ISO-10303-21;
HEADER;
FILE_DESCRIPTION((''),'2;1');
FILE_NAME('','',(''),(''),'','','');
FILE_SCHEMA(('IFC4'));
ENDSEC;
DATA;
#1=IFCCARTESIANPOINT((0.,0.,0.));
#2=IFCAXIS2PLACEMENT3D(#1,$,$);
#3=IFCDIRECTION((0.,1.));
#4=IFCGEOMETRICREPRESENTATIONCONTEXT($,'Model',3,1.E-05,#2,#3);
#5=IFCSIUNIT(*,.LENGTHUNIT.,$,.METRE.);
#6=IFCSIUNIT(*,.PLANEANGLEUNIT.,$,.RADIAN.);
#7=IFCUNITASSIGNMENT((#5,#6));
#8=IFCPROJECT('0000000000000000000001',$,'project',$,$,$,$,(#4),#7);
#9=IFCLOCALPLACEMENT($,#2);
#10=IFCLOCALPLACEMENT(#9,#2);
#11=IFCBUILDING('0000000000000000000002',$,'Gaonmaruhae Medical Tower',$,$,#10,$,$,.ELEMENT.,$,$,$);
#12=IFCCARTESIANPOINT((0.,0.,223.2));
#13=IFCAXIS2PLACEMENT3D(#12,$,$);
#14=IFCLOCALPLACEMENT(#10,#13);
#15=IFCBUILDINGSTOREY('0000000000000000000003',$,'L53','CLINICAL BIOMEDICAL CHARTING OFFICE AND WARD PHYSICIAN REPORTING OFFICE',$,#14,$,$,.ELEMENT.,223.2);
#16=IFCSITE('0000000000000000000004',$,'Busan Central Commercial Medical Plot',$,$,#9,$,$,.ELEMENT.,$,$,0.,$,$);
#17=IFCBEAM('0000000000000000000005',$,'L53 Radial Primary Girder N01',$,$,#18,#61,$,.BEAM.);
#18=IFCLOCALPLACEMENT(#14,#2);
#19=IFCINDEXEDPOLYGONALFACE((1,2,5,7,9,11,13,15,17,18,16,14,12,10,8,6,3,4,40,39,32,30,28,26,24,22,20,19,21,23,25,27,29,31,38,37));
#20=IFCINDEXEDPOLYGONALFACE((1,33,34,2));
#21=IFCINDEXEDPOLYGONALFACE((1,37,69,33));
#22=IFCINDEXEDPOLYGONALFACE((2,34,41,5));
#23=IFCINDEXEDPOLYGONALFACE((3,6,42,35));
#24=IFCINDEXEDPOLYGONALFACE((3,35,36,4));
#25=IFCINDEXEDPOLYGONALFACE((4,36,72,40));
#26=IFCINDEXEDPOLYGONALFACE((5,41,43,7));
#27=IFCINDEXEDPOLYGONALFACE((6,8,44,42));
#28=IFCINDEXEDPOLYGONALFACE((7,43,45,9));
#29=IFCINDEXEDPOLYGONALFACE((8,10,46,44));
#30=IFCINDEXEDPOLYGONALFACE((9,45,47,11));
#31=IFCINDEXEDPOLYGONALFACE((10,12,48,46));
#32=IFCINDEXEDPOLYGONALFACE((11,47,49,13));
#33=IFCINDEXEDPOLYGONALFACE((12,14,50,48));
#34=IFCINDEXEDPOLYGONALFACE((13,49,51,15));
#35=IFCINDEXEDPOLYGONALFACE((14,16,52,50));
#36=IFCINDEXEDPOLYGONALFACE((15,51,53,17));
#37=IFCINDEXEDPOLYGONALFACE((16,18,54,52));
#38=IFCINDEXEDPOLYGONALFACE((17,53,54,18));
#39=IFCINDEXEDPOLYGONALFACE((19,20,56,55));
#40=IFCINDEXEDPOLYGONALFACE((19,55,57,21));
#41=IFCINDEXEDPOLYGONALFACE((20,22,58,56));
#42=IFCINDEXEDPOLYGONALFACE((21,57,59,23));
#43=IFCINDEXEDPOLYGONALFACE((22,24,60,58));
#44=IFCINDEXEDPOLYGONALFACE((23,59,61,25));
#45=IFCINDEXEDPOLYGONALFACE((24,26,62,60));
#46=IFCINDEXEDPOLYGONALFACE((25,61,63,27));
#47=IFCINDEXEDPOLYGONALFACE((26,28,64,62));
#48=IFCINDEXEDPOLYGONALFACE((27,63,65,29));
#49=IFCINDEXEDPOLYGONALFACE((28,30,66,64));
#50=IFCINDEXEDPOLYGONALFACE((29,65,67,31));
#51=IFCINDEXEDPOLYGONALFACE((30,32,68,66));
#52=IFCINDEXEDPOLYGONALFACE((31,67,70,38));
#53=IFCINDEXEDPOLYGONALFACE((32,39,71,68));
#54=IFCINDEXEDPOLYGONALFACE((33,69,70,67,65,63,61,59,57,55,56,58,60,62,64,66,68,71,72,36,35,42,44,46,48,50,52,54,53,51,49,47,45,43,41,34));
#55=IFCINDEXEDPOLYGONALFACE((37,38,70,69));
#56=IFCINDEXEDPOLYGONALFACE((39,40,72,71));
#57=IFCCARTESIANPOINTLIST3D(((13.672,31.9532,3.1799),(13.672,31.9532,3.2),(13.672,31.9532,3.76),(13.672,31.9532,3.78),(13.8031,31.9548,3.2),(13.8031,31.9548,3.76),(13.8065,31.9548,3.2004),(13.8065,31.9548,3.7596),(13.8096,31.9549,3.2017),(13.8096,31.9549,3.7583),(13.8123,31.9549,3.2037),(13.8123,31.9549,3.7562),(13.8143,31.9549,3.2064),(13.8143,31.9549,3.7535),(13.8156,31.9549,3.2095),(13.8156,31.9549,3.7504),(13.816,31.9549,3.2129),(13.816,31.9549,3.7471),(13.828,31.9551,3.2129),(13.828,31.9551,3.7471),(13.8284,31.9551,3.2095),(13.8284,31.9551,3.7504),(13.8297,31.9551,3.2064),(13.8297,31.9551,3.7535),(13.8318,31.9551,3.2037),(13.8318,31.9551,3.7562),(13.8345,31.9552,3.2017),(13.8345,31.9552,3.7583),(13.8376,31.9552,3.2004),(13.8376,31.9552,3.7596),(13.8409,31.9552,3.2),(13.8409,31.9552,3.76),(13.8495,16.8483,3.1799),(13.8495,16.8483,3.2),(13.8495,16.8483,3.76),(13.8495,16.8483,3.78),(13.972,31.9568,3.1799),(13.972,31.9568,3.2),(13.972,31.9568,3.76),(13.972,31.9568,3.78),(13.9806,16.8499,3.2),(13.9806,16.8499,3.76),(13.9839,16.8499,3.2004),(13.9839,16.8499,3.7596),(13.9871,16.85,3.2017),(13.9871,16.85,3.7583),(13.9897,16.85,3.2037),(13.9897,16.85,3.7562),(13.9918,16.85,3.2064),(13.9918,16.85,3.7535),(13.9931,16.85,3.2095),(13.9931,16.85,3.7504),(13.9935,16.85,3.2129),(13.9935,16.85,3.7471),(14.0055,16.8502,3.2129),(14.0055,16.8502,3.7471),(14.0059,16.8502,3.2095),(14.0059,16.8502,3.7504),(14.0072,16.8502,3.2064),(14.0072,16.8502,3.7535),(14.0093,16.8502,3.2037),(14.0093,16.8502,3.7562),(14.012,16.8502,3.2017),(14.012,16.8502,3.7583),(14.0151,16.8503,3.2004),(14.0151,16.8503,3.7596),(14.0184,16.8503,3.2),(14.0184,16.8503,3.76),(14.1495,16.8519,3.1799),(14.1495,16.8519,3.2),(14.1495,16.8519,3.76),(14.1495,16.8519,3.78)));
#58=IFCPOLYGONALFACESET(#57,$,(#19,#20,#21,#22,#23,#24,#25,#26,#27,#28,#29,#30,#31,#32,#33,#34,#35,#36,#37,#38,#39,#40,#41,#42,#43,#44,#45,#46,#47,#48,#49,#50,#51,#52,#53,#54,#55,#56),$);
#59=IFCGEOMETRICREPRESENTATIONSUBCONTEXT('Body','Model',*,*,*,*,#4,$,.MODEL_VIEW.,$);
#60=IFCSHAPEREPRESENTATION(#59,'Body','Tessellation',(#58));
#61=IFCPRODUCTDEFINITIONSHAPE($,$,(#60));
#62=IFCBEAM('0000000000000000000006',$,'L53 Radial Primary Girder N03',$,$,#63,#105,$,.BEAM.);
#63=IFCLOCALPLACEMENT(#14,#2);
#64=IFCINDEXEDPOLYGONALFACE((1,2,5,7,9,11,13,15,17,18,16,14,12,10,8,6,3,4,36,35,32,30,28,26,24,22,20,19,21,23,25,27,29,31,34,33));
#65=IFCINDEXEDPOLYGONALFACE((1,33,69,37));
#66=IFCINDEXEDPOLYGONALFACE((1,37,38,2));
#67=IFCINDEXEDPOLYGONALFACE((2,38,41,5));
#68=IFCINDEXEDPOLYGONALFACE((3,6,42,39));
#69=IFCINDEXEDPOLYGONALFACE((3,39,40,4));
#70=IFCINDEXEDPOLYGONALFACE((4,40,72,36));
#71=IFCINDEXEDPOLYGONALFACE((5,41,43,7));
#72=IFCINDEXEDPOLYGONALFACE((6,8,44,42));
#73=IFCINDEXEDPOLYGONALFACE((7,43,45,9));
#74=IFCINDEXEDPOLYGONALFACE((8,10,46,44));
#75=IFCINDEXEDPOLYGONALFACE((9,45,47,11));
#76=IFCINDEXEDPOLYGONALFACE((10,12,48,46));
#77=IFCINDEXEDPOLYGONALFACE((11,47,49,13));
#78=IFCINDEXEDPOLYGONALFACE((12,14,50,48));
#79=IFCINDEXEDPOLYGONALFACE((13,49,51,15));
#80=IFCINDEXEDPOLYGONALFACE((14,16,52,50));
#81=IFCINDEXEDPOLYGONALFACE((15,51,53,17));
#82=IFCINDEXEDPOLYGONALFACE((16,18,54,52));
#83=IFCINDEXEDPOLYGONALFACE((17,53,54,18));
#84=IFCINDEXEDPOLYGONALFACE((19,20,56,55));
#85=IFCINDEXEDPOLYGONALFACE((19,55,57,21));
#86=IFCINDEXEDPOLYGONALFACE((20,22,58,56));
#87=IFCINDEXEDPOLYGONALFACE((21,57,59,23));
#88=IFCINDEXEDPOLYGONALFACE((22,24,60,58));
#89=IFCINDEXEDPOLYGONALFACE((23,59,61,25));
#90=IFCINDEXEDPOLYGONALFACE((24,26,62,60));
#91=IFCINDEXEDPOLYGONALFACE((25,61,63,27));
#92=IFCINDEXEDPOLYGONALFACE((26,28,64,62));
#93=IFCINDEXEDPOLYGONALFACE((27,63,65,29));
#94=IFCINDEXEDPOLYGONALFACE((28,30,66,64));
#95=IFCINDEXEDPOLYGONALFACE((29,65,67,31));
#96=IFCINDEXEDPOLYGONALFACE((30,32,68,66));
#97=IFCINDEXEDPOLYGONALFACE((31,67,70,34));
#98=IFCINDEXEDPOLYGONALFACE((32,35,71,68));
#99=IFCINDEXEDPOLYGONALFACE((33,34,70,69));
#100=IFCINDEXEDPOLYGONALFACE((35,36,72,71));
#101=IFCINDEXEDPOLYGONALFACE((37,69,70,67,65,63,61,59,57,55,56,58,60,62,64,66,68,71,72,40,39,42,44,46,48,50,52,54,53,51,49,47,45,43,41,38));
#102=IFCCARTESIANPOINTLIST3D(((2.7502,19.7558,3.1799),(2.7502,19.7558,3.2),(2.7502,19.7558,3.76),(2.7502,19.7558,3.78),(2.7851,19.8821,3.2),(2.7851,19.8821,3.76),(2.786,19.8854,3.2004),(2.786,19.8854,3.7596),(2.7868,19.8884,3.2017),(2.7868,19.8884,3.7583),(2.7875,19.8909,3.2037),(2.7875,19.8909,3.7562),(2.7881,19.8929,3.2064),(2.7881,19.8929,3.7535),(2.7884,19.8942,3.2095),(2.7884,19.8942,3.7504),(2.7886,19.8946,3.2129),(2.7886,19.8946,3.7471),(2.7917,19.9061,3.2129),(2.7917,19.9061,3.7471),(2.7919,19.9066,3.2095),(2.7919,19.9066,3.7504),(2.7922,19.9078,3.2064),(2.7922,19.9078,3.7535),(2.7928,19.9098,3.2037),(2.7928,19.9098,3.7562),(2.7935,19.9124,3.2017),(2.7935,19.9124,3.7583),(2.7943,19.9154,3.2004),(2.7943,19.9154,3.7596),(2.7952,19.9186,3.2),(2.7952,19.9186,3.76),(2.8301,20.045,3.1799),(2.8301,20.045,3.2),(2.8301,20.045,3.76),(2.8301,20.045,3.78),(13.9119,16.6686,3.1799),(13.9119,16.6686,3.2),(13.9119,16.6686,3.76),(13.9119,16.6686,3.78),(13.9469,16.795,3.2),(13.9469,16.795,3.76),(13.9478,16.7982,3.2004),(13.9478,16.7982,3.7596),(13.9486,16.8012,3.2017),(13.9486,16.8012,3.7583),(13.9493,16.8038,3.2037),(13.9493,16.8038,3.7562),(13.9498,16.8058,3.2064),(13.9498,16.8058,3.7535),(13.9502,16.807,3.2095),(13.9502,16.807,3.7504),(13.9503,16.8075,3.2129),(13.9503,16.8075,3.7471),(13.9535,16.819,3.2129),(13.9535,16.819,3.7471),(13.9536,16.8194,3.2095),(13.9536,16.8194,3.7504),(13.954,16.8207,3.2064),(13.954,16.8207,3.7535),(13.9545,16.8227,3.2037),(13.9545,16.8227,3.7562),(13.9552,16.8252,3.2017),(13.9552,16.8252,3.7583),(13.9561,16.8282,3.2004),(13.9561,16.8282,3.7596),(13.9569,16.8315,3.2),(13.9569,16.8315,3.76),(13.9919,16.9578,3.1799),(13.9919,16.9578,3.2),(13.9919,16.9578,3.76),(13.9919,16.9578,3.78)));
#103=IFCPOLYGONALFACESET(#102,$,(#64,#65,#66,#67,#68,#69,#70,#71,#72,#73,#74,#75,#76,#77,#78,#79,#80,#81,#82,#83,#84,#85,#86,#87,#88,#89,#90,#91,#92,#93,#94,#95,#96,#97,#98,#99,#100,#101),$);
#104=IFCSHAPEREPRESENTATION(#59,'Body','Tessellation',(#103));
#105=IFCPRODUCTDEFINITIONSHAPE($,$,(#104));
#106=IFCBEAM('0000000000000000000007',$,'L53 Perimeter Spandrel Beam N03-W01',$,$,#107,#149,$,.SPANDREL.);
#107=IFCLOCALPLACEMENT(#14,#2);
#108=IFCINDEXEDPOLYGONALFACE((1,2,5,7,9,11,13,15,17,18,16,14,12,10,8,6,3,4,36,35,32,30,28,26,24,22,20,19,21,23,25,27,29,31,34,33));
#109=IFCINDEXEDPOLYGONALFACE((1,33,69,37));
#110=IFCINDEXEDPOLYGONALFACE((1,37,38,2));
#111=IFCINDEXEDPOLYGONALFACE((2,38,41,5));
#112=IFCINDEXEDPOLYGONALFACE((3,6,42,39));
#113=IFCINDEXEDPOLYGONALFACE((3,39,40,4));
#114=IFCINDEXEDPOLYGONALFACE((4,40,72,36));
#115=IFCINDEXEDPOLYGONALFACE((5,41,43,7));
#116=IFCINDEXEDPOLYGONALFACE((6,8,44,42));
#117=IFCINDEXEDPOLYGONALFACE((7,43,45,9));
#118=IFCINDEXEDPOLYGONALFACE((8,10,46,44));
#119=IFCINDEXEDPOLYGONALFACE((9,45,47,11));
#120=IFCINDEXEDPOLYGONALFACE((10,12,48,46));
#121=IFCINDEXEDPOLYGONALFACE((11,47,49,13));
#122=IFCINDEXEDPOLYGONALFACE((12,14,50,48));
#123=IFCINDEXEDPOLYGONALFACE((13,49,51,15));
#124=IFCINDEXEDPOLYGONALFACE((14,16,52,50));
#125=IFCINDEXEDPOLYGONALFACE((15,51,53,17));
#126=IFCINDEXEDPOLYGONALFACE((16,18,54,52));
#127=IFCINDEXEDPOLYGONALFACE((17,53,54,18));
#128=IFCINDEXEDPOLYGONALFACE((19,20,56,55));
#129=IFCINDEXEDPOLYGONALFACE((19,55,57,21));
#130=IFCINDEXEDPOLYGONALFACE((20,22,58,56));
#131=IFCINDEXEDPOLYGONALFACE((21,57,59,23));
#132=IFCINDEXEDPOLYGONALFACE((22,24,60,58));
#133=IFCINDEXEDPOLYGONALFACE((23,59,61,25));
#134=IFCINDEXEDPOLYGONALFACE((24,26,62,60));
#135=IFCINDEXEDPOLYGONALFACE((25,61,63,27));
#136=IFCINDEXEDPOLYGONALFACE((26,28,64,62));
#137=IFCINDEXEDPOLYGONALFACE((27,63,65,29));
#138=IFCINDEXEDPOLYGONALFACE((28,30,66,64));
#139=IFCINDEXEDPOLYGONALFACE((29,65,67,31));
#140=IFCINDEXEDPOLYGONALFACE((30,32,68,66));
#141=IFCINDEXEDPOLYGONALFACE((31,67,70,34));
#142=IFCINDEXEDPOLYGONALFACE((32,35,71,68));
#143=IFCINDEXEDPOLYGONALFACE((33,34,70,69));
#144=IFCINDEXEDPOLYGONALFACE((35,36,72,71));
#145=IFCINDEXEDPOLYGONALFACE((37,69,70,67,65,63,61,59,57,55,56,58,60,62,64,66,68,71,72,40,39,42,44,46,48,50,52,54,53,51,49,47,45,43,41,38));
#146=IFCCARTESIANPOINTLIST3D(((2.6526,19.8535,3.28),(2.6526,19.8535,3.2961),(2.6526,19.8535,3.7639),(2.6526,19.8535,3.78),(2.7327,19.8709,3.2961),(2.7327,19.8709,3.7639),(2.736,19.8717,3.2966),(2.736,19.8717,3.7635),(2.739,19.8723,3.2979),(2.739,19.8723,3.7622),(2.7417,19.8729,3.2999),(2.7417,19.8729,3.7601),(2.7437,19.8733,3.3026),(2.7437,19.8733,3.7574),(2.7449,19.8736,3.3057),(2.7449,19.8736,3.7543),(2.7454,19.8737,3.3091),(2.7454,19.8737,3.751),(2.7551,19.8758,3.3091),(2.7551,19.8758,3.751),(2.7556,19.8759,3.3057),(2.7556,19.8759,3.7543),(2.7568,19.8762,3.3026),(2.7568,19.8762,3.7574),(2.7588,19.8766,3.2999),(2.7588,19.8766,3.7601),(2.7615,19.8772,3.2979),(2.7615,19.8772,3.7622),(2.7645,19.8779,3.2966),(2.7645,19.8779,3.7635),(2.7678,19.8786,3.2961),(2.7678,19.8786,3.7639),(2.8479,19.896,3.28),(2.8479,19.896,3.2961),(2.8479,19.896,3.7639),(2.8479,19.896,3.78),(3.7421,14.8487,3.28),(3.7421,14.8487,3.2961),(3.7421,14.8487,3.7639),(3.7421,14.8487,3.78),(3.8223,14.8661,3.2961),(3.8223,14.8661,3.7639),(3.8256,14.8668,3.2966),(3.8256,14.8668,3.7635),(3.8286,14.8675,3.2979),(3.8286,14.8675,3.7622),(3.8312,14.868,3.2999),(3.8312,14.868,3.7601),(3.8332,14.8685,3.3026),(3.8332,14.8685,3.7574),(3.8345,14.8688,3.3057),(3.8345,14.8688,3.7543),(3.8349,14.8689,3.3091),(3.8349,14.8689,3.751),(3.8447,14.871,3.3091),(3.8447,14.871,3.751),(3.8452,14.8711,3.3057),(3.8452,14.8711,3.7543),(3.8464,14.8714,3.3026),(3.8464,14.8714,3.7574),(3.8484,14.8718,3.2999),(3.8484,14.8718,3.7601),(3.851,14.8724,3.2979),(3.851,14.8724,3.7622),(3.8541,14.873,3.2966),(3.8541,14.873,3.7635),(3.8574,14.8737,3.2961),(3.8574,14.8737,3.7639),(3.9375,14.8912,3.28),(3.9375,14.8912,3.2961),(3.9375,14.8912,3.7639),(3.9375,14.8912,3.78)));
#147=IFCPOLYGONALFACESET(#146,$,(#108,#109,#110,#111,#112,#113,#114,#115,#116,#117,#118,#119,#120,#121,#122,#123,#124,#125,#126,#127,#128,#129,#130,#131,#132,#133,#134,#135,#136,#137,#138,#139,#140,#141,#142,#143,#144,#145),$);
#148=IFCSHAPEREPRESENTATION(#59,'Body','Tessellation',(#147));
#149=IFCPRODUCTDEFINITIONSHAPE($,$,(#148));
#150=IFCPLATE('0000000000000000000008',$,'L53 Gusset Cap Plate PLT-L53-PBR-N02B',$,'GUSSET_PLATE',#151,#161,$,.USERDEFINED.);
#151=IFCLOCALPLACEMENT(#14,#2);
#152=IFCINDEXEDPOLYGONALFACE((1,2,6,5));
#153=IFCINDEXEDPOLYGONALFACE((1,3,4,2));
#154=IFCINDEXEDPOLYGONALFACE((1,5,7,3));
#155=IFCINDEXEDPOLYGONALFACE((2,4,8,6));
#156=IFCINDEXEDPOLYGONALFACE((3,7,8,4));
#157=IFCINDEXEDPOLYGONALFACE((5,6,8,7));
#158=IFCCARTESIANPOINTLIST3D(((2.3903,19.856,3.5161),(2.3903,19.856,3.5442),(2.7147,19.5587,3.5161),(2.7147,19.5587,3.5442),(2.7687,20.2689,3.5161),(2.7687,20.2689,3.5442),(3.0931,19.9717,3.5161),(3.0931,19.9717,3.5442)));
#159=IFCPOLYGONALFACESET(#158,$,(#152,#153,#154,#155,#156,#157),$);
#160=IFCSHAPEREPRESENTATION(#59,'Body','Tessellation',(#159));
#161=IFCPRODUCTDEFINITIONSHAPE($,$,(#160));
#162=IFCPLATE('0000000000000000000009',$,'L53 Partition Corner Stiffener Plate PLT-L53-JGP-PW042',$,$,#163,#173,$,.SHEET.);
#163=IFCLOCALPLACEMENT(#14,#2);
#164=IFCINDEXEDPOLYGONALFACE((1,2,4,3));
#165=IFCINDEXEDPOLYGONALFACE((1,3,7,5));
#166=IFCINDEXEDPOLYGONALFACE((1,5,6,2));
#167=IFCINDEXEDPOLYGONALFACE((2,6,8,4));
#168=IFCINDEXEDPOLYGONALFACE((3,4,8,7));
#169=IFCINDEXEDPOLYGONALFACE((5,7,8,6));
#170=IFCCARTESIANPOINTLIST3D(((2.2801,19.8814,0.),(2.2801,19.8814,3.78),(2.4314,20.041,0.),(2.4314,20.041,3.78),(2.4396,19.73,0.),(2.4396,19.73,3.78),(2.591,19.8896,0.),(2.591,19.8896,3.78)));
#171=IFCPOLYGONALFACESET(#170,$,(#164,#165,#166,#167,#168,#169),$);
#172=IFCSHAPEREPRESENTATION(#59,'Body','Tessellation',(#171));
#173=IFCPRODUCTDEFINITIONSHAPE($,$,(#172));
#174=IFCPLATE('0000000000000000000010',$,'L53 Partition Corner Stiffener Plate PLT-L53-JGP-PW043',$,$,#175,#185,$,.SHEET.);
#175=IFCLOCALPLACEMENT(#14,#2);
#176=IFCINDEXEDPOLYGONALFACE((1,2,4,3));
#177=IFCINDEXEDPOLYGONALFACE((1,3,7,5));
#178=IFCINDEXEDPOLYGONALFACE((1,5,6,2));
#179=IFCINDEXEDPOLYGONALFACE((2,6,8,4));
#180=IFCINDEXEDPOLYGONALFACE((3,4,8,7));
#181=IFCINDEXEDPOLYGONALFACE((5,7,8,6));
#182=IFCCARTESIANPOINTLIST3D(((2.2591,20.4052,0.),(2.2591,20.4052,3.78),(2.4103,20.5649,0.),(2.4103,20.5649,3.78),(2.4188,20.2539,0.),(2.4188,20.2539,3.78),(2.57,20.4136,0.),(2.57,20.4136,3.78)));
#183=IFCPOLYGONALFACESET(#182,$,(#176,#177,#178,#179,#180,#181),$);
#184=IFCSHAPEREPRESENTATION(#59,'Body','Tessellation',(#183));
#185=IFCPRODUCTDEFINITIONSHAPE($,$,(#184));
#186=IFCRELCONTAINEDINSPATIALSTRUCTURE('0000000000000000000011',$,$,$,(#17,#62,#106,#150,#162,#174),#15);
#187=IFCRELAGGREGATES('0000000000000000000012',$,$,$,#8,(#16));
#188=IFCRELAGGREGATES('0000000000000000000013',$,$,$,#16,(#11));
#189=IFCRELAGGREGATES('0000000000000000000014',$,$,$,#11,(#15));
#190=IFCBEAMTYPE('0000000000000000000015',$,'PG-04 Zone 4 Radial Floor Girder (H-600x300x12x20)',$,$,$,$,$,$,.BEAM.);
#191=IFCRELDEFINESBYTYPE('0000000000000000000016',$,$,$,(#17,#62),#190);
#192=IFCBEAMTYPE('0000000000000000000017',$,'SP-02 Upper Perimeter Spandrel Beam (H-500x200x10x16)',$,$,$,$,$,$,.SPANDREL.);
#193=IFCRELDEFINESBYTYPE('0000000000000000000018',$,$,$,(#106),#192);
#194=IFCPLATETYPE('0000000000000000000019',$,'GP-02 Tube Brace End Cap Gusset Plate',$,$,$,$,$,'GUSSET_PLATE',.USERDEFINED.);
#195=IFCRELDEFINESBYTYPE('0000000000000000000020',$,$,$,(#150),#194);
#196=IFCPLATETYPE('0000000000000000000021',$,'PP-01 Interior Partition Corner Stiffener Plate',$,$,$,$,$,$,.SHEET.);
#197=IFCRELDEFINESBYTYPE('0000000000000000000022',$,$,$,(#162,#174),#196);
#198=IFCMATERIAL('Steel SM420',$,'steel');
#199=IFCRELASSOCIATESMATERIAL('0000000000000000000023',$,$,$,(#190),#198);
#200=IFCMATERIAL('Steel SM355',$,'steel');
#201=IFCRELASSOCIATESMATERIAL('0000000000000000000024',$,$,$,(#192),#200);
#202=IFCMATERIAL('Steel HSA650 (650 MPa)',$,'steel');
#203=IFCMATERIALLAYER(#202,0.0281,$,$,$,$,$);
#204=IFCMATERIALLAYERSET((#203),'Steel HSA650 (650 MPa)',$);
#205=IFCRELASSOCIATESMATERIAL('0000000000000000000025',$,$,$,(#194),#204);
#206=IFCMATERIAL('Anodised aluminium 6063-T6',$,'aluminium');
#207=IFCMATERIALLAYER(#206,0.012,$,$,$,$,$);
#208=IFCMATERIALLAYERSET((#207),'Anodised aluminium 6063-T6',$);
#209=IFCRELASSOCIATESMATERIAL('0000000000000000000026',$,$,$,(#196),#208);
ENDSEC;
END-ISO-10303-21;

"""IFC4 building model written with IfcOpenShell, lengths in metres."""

from ifc_helpers import new_model, si_unit, direction, frame, origin, origin_2d, place, context, subcontext, project, spatial, rectangle, i_section, extrude, material, layer, layer_set, material_profile, profile_set, type_object, element, save


model = new_model("IFC4")

# Units and contexts
model_context = context("Model", 3, precision=1e-05, world=origin(), true_north=direction((0.0, 1.0)))
body_context = subcontext(model_context, "Body", "Model", "MODEL_VIEW")
ifc_project = project(units=[si_unit("LENGTHUNIT", "METRE"), si_unit("PLANEANGLEUNIT", "RADIAN")], contexts=[model_context])

# Site, building, storey
site_placement = place(None, origin())
site = spatial("IfcSite", under=ifc_project, at=site_placement, Name="Busan Central Commercial Medical Plot", CompositionType="ELEMENT", RefElevation=0.0)
building_placement = place(site_placement, origin())
building = spatial("IfcBuilding", under=site, at=building_placement, Name="Gaonmaruhae Medical Tower", CompositionType="ELEMENT")
storey_placement = place(building_placement, frame((0.0, 0.0, 223.2)))
storey = spatial("IfcBuildingStorey", under=building, at=storey_placement, Name="L53", Description="CLINICAL BIOMEDICAL CHARTING OFFICE AND WARD PHYSICIAN REPORTING OFFICE", CompositionType="ELEMENT", Elevation=223.2)

# Beams
ifc_material_1 = material(Name="Steel SM355", Category="steel")
ifc_material_2 = material(Name="Steel SM420", Category="steel")
ifc_material_profile_1 = material_profile(ifc_material_2, i_section(OverallWidth=0.3, OverallDepth=0.6001, WebThickness=0.012, FlangeThickness=0.02, FilletRadius=0.0129, at=origin_2d()), Name="H-600x300x12x20")
ifc_profile_set_1 = profile_set([ifc_material_profile_1], Name="Steel SM420")
beam_type_1 = type_object("IfcBeamType", Name="PG-04 Zone 4 Radial Floor Girder (H-600x300x12x20)", PredefinedType="BEAM", material=ifc_profile_set_1)
beam_1_placement = place(storey_placement, frame((13.9995, 16.8501, 3.48), z_axis=(-0.01175, 0.999931, 0.0), x_axis=(-0.999931, -0.01175, 0.0)))
element("IfcBeam", 1, at=beam_1_placement, inside=storey, type_object=beam_type_1, Name="L53 Radial Primary Girder N01", PredefinedType="BEAM", context=body_context, shape_type="SweptSolid", body=[
    extrude(i_section(OverallWidth=0.3, OverallDepth=0.6001, WebThickness=0.012, FlangeThickness=0.02, FilletRadius=0.0129, at=origin_2d()), origin(), (0.0, 0.0, 1.0), 15.106),
])
beam_2_placement = place(storey_placement, frame((13.9519, 16.8132, 3.48), z_axis=(-0.963815, 0.266573, 0.0), x_axis=(-0.266573, -0.963815, 0.0)))
element("IfcBeam", 2, at=beam_2_placement, inside=storey, type_object=beam_type_1, Name="L53 Radial Primary Girder N03", PredefinedType="BEAM", context=body_context, shape_type="SweptSolid", body=[
    extrude(i_section(OverallWidth=0.3, OverallDepth=0.6001, WebThickness=0.012, FlangeThickness=0.02, FilletRadius=0.0129, at=origin_2d()), origin(), (0.0, 0.0, 1.0), 11.5808),
])
ifc_material_profile_2 = material_profile(ifc_material_1, i_section(OverallWidth=0.2, OverallDepth=0.5, WebThickness=0.01, FlangeThickness=0.0161, FilletRadius=0.0129, at=origin_2d()), Name="H-500x200x10x16")
ifc_profile_set_2 = profile_set([ifc_material_profile_2], Name="Steel SM355")
beam_type_2 = type_object("IfcBeamType", Name="SP-02 Upper Perimeter Spandrel Beam (H-500x200x10x16)", PredefinedType="SPANDREL", material=ifc_profile_set_2)
beam_3_placement = place(storey_placement, frame((2.7502, 19.8748, 3.53), z_axis=(0.212724, -0.977112, 0.0), x_axis=(0.977112, 0.212724, 0.0)))
element("IfcBeam", 3, at=beam_3_placement, inside=storey, type_object=beam_type_2, Name="L53 Perimeter Spandrel Beam N03-W01", PredefinedType="SPANDREL", context=body_context, shape_type="SweptSolid", body=[
    extrude(i_section(OverallWidth=0.2, OverallDepth=0.5, WebThickness=0.01, FlangeThickness=0.0161, FilletRadius=0.0129, at=origin_2d()), origin(), (0.0, 0.0, 1.0), 5.1221),
])

# Plates
ifc_material_3 = material(Name="Steel HSA650 (650 MPa)", Category="steel")
ifc_layer_1 = layer(ifc_material_3, 0.0281)
ifc_layer_set_1 = layer_set([ifc_layer_1], Name="Steel HSA650 (650 MPa)")
plate_type_1 = type_object("IfcPlateType", Name="GP-02 Tube Brace End Cap Gusset Plate", ElementType="GUSSET_PLATE", PredefinedType="USERDEFINED", material=ifc_layer_set_1)
plate_placement = place(storey_placement, frame((2.7417, 19.9138, 3.5161), z_axis=(0.0, 0.0, 1.0), x_axis=(0.67559, 0.737277, 0.0)))
element("IfcPlate", 4, at=plate_placement, inside=storey, type_object=plate_type_1, Name="L53 Gusset Cap Plate PLT-L53-PBR-N02B", ObjectType="GUSSET_PLATE", PredefinedType="USERDEFINED", context=body_context, shape_type="SweptSolid", body=[
    extrude(rectangle(XDim=0.5601, YDim=0.4399, at=origin_2d()), origin(), (0.0, 0.0, 1.0), 0.0281),
])
ifc_material_4 = material(Name="Anodised aluminium 6063-T6", Category="aluminium")
ifc_layer_2 = layer(ifc_material_4, 0.012)
ifc_layer_set_2 = layer_set([ifc_layer_2], Name="Anodised aluminium 6063-T6")
plate_type_2 = type_object("IfcPlateType", Name="PP-01 Interior Partition Corner Stiffener Plate", PredefinedType="SHEET", material=ifc_layer_set_2)
for number, where, z_axis, x_axis, name in (
    (5, (2.4355, 19.8855, 0.0), (0.0, 0.0, 1.0), (-0.725495, 0.688228, 0.0), "L53 Partition Corner Stiffener Plate PLT-L53-JGP-PW042"),
    (6, (2.4146, 20.4094, 0.0), (0.0, 0.0, 1.0), (0.687709, 0.725987, 0.0), "L53 Partition Corner Stiffener Plate PLT-L53-JGP-PW043"),
):
    element("IfcPlate", number, at=place(storey_placement, frame(where, z_axis=z_axis, x_axis=x_axis)), inside=storey, type_object=plate_type_2, Name=name, PredefinedType="SHEET", context=body_context, shape_type="SweptSolid", body=[
        extrude(rectangle(XDim=0.22, YDim=0.22, at=origin_2d()), origin(), (0.0, 0.0, 1.0), 3.78),
    ])

save(model, "model.ifc")
